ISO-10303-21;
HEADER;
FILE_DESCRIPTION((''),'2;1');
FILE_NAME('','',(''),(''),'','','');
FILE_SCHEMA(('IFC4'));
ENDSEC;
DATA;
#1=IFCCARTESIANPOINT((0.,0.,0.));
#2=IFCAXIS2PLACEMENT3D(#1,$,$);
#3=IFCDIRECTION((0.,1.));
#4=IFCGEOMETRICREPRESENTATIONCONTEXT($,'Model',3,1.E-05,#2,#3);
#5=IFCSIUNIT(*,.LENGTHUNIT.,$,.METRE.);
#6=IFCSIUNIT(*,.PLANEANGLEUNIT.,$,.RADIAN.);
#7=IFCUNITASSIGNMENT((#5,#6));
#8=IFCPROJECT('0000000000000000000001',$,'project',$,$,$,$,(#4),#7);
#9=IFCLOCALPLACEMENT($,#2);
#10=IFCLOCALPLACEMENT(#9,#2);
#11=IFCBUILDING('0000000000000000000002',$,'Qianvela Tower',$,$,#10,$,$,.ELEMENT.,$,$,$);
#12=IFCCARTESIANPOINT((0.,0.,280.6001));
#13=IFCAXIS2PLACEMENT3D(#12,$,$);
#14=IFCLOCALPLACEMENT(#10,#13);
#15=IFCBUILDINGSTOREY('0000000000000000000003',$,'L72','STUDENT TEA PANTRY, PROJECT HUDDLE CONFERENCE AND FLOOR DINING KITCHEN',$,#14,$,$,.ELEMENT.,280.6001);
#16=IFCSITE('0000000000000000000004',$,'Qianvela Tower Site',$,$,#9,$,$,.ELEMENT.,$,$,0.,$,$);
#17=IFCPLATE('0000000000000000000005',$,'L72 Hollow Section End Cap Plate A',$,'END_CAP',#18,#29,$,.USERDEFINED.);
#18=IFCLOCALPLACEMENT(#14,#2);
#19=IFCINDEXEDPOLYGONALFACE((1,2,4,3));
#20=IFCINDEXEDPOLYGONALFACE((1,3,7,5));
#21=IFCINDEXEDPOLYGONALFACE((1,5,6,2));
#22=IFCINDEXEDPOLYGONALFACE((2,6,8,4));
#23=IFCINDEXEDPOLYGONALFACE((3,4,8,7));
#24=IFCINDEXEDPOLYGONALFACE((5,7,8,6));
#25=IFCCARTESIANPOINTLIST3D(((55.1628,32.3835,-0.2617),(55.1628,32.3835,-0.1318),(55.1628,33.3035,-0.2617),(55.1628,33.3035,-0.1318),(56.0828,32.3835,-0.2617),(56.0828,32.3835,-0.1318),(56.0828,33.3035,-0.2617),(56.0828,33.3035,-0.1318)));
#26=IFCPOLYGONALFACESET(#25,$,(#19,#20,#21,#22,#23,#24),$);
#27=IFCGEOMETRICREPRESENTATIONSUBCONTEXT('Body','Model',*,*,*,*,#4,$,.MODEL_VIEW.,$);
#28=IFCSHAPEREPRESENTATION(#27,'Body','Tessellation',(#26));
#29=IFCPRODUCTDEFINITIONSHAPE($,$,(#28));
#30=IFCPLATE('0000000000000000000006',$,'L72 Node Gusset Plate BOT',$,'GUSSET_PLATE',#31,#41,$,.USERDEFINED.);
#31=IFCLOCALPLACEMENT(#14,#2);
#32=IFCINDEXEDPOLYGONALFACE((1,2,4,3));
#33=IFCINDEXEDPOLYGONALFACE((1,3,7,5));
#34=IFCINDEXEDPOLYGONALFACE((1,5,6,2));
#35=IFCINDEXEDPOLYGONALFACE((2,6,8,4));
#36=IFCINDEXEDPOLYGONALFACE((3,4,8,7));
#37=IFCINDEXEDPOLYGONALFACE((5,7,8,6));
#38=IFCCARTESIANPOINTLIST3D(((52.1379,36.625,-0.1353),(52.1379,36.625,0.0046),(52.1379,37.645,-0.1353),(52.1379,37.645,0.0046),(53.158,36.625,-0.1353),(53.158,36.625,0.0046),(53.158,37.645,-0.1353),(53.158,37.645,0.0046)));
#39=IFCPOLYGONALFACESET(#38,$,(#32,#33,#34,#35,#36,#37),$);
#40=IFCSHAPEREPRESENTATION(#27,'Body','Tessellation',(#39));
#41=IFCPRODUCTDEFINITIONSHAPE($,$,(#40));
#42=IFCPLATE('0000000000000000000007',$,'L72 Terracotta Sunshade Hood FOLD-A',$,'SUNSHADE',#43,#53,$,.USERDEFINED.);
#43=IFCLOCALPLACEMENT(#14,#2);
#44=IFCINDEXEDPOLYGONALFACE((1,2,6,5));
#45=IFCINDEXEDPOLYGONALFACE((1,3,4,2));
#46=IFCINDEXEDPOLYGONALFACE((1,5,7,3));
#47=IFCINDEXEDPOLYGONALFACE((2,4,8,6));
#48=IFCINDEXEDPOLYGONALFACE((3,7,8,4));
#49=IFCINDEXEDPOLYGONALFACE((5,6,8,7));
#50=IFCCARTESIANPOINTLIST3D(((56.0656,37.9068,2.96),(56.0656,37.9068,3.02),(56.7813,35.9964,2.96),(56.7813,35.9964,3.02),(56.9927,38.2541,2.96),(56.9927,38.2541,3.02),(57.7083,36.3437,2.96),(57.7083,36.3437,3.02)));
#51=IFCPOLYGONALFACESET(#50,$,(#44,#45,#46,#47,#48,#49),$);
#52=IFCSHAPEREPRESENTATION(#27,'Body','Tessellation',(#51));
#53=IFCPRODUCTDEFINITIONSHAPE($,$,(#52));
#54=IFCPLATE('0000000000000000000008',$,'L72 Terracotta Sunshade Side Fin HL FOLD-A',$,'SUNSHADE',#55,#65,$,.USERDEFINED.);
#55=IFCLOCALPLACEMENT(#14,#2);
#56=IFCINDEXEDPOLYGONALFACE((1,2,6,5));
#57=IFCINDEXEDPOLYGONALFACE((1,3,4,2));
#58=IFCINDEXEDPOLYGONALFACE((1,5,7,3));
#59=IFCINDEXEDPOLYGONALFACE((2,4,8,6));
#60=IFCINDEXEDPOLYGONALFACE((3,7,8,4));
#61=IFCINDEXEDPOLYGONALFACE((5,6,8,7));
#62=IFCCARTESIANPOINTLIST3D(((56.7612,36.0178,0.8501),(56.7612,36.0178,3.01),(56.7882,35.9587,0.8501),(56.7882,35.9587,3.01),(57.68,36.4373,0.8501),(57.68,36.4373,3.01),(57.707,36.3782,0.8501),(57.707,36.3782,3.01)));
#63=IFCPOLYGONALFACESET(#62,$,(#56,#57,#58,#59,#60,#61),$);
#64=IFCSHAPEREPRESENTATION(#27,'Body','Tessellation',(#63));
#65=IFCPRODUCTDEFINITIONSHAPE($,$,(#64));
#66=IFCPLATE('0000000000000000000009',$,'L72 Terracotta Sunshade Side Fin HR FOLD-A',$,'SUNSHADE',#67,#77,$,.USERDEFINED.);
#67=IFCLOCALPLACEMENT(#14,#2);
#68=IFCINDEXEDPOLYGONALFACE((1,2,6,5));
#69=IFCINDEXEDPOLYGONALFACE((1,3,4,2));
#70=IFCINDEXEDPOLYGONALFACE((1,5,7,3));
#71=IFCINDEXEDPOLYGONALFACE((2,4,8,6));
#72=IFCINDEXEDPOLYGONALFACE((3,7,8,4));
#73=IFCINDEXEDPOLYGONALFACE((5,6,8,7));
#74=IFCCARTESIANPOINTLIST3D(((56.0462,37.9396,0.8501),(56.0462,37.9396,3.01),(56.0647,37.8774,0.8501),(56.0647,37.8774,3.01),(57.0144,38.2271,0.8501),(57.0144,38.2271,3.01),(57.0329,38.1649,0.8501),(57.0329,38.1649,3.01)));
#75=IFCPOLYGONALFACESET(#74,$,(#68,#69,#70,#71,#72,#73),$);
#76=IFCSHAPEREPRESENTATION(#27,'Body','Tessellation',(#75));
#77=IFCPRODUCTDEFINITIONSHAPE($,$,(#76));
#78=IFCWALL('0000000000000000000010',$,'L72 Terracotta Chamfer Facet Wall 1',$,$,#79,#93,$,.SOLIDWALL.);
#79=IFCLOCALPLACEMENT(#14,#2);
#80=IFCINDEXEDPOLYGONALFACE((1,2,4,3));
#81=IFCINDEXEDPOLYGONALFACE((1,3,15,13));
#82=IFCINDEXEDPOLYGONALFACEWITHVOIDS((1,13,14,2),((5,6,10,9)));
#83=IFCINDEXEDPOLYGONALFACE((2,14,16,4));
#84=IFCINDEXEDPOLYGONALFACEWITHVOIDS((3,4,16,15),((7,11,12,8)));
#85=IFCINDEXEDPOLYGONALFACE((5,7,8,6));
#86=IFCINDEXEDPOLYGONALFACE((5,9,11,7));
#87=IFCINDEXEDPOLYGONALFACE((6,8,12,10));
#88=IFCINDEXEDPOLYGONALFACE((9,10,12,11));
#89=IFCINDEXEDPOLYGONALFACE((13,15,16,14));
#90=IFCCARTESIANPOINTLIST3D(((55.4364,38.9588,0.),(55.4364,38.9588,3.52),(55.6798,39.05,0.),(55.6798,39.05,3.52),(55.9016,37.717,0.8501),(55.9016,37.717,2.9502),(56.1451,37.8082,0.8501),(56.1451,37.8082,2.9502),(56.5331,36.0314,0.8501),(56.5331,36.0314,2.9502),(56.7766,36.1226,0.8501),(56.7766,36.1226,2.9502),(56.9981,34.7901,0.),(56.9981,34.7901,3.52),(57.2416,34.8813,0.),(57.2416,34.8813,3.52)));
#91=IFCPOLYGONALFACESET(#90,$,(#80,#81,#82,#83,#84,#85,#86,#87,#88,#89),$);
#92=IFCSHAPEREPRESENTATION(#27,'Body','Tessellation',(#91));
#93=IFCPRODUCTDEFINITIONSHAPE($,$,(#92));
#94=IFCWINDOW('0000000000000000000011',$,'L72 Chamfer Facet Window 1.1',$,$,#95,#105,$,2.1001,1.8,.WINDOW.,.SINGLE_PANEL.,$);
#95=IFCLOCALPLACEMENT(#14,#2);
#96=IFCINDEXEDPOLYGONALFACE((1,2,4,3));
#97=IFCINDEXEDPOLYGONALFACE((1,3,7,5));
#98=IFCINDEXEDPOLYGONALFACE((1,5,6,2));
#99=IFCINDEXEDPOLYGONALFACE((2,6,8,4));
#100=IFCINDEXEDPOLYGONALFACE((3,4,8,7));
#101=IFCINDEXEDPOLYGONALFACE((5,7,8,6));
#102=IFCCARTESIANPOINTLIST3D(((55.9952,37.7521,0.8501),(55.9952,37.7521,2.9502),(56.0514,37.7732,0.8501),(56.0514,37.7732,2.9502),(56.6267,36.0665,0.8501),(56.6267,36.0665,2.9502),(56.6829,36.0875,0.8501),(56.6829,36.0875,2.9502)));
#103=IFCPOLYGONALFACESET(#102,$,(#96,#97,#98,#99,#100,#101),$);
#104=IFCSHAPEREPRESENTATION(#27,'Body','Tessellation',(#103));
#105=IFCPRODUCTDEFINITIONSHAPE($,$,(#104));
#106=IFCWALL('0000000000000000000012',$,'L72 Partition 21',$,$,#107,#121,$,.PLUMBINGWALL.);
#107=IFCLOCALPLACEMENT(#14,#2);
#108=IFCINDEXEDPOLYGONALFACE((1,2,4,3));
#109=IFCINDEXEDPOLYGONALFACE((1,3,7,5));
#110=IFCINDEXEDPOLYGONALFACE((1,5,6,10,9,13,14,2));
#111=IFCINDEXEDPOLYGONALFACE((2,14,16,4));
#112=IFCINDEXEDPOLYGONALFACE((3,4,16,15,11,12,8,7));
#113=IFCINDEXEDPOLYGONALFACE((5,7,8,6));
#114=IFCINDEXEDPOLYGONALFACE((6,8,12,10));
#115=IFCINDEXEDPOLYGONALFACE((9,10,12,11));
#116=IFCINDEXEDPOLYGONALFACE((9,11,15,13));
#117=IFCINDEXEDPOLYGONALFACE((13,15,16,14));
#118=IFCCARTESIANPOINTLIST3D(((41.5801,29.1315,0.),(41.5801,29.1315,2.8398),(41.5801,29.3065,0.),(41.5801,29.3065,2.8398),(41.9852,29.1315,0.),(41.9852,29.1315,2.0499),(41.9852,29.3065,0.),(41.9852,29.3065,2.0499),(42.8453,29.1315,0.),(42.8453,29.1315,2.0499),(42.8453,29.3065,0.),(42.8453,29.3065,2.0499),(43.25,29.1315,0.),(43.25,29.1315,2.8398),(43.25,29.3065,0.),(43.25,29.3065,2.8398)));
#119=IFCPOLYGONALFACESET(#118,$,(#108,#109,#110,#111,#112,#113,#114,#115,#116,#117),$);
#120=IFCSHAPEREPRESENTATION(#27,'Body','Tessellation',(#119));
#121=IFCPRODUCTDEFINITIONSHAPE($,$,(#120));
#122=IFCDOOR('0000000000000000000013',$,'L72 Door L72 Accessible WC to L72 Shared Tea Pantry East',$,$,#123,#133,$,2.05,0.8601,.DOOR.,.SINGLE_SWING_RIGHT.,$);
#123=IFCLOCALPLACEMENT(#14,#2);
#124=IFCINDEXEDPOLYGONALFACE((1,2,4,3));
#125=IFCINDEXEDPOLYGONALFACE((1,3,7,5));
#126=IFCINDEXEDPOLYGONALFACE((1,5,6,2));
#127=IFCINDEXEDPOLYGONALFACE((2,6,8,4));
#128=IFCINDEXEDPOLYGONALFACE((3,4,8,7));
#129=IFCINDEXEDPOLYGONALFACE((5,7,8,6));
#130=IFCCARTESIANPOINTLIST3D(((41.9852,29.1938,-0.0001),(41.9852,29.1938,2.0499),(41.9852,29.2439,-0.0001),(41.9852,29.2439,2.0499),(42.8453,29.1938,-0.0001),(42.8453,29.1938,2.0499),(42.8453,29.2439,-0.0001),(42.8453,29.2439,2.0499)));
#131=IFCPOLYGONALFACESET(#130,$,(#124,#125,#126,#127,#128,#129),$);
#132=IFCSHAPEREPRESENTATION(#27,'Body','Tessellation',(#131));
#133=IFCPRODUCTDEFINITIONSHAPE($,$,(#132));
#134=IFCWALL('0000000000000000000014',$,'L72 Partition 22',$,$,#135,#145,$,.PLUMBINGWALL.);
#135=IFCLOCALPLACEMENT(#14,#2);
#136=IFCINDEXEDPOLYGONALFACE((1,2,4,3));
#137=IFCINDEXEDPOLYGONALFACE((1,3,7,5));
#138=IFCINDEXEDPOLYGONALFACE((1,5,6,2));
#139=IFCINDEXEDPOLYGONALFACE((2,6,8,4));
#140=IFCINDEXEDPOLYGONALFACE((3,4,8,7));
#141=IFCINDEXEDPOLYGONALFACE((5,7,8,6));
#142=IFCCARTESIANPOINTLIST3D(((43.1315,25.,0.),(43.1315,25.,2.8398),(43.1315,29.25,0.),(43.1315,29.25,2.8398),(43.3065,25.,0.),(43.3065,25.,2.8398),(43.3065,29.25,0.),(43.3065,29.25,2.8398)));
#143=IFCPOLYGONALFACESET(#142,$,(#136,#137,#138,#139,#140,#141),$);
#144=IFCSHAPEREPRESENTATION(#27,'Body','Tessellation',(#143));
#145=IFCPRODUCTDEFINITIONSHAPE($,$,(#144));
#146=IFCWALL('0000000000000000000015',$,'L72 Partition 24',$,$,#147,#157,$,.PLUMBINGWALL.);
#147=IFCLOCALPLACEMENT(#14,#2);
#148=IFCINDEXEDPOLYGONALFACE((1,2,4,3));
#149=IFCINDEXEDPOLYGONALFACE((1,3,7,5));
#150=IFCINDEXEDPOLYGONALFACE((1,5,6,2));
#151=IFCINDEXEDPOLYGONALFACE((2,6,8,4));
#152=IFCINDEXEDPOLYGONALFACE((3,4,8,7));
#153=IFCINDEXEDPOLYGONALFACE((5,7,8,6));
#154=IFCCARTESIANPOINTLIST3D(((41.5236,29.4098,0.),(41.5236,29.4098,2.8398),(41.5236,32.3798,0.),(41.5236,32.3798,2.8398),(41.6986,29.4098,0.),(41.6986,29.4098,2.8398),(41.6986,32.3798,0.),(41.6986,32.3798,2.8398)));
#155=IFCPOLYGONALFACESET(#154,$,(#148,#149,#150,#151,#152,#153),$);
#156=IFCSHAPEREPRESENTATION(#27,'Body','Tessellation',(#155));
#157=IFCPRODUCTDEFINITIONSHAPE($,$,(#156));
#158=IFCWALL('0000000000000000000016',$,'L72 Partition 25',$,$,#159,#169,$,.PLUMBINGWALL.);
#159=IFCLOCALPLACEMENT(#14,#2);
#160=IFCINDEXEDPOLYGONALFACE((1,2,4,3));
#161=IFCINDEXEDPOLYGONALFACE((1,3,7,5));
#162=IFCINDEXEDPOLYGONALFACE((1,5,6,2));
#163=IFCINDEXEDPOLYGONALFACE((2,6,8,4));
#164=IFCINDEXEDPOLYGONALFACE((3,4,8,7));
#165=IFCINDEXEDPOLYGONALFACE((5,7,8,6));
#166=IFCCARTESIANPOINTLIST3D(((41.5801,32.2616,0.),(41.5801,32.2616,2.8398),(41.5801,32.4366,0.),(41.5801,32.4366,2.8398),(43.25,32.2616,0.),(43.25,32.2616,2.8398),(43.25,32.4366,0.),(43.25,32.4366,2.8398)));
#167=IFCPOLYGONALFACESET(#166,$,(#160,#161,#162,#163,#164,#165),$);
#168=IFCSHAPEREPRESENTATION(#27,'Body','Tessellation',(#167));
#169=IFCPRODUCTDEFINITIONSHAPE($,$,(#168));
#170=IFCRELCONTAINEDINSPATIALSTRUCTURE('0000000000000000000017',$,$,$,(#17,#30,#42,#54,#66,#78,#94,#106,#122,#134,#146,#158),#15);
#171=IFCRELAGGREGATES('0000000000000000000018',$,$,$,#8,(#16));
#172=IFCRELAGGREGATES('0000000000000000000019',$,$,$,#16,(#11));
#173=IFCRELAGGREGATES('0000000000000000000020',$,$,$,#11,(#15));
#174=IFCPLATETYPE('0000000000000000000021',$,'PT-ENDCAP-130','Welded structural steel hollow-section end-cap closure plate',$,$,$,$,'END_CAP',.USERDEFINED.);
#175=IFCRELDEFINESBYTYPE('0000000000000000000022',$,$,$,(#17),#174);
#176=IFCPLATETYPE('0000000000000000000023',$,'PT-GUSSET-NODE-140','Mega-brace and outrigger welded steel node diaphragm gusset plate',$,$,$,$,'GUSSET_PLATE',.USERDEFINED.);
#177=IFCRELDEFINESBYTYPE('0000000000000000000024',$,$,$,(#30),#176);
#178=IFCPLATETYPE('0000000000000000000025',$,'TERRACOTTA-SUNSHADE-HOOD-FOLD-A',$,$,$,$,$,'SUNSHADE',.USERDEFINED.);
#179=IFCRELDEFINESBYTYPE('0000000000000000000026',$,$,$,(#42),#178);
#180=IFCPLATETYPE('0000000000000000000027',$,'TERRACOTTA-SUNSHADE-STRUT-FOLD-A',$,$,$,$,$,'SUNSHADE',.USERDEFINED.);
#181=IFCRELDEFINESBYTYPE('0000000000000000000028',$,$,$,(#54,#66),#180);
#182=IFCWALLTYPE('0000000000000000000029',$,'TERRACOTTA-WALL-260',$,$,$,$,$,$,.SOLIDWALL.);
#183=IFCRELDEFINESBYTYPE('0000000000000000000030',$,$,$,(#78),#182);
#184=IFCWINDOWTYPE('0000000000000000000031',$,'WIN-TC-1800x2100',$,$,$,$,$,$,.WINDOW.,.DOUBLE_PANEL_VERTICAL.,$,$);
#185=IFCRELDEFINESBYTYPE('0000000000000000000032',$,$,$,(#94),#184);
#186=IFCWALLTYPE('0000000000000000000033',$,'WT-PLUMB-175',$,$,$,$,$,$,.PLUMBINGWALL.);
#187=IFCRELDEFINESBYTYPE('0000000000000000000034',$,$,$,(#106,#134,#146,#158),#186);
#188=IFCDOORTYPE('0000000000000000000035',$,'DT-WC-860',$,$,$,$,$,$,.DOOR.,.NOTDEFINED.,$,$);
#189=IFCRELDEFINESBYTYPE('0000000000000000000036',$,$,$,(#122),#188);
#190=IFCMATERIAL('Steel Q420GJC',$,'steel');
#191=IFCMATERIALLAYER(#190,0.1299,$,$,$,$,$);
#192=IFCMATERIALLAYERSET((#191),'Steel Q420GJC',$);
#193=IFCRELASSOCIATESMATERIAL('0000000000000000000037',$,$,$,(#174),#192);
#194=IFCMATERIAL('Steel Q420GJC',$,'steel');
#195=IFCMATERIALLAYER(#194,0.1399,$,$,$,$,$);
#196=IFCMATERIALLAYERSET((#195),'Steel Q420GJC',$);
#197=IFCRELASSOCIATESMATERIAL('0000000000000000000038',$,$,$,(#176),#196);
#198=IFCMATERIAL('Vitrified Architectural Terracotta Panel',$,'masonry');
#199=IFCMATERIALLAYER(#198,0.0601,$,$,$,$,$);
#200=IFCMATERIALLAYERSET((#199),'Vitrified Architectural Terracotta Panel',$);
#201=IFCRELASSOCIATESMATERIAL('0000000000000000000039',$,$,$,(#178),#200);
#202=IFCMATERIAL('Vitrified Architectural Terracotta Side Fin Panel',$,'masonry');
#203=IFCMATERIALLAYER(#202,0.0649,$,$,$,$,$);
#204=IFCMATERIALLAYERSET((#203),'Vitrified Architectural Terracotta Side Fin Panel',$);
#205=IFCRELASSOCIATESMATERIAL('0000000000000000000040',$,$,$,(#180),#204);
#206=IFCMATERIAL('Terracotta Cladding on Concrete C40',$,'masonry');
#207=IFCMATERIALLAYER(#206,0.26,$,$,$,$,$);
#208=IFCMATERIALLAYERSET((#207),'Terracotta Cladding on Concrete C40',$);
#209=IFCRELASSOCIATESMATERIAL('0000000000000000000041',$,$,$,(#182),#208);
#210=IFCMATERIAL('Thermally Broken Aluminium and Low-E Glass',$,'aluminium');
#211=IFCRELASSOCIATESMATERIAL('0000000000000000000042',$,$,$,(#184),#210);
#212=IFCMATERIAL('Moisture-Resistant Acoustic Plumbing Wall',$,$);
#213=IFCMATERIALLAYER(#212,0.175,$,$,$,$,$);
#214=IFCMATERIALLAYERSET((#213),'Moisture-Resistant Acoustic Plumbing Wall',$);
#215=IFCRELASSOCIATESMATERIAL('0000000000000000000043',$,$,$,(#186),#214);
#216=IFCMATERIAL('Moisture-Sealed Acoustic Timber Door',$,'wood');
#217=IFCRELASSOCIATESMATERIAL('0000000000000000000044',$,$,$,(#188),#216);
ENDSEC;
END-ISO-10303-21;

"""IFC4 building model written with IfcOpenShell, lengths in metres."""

from ifc_helpers import new_model, si_unit, direction, frame, frame_2d, origin, origin_2d, place, context, subcontext, project, spatial, rectangle, extrude, material, layer, layer_set, type_object, element, fill, save


model = new_model("IFC4")

# Units and contexts
model_context = context("Model", 3, precision=1e-05, world=origin(), true_north=direction((0.0, 1.0)))
body_context = subcontext(model_context, "Body", "Model", "MODEL_VIEW")
ifc_project = project(units=[si_unit("LENGTHUNIT", "METRE"), si_unit("PLANEANGLEUNIT", "RADIAN")], contexts=[model_context])

# Site, building, storey
site_placement = place(None, origin())
site = spatial("IfcSite", under=ifc_project, at=site_placement, Name="Qianvela Tower Site", CompositionType="ELEMENT", RefElevation=0.0)
building_placement = place(site_placement, origin())
building = spatial("IfcBuilding", under=site, at=building_placement, Name="Qianvela Tower", CompositionType="ELEMENT")
storey_placement = place(building_placement, frame((0.0, 0.0, 280.6001)))
storey = spatial("IfcBuildingStorey", under=building, at=storey_placement, Name="L72", Description="STUDENT TEA PANTRY, PROJECT HUDDLE CONFERENCE AND FLOOR DINING KITCHEN", CompositionType="ELEMENT", Elevation=280.6001)

# Plates
ifc_material_1 = material(Name="Steel Q420GJC", Category="steel")
ifc_layer_1 = layer(ifc_material_1, 0.1299)
ifc_layer_set_1 = layer_set([ifc_layer_1], Name="Steel Q420GJC")
plate_type_1 = type_object("IfcPlateType", Name="PT-ENDCAP-130", Description="Welded structural steel hollow-section end-cap closure plate", ElementType="END_CAP", PredefinedType="USERDEFINED", material=ifc_layer_set_1)
plate_1_placement = place(storey_placement, frame((55.6228, 32.8435, -0.2617), z_axis=(0.0, 0.0, 1.0), x_axis=(1.0, 0.0, 0.0)))
element("IfcPlate", 1, at=plate_1_placement, inside=storey, type_object=plate_type_1, Name="L72 Hollow Section End Cap Plate A", ObjectType="END_CAP", PredefinedType="USERDEFINED", context=body_context, shape_type="SweptSolid", body=[
    extrude(rectangle(XDim=0.9199, YDim=0.9199, at=origin_2d()), origin(), (0.0, 0.0, 1.0), 0.1299),
])
ifc_material_2 = material(Name="Steel Q420GJC", Category="steel")
ifc_layer_2 = layer(ifc_material_2, 0.1399)
ifc_layer_set_2 = layer_set([ifc_layer_2], Name="Steel Q420GJC")
plate_type_2 = type_object("IfcPlateType", Name="PT-GUSSET-NODE-140", Description="Mega-brace and outrigger welded steel node diaphragm gusset plate", ElementType="GUSSET_PLATE", PredefinedType="USERDEFINED", material=ifc_layer_set_2)
plate_2_placement = place(storey_placement, frame((52.6479, 37.135, -0.1353), z_axis=(0.0, 0.0, 1.0), x_axis=(1.0, 0.0, 0.0)))
element("IfcPlate", 2, at=plate_2_placement, inside=storey, type_object=plate_type_2, Name="L72 Node Gusset Plate BOT", ObjectType="GUSSET_PLATE", PredefinedType="USERDEFINED", context=body_context, shape_type="SweptSolid", body=[
    extrude(rectangle(XDim=1.02, YDim=1.02, at=origin_2d()), origin(), (0.0, 0.0, 1.0), 0.1399),
])
ifc_material_3 = material(Name="Vitrified Architectural Terracotta Panel", Category="masonry")
ifc_layer_3 = layer(ifc_material_3, 0.0601)
ifc_layer_set_3 = layer_set([ifc_layer_3], Name="Vitrified Architectural Terracotta Panel")
plate_type_3 = type_object("IfcPlateType", Name="TERRACOTTA-SUNSHADE-HOOD-FOLD-A", ElementType="SUNSHADE", PredefinedType="USERDEFINED", material=ifc_layer_set_3)
plate_3_placement = place(storey_placement, frame((56.887, 37.1252, 2.96), z_axis=(0.0, 0.0, 1.0), x_axis=(-0.350815, 0.936445, 0.0)))
element("IfcPlate", 3, at=plate_3_placement, inside=storey, type_object=plate_type_3, Name="L72 Terracotta Sunshade Hood FOLD-A", ObjectType="SUNSHADE", PredefinedType="USERDEFINED", context=body_context, shape_type="SweptSolid", body=[
    extrude(rectangle(XDim=2.04, YDim=0.99, at=origin_2d()), origin(), (0.0, 0.0, 1.0), 0.0601),
])
ifc_material_4 = material(Name="Vitrified Architectural Terracotta Side Fin Panel", Category="masonry")
ifc_layer_4 = layer(ifc_material_4, 0.0649)
ifc_layer_set_4 = layer_set([ifc_layer_4], Name="Vitrified Architectural Terracotta Side Fin Panel")
plate_type_4 = type_object("IfcPlateType", Name="TERRACOTTA-SUNSHADE-STRUT-FOLD-A", ElementType="SUNSHADE", PredefinedType="USERDEFINED", material=ifc_layer_set_4)
for number, where, z_axis, x_axis, name in (
    (4, (57.2341, 36.198, 0.8501), (0.0, 0.0, 1.0), (-0.415284, 0.909692, 0.0), "L72 Terracotta Sunshade Side Fin HL FOLD-A"),
    (5, (56.5396, 38.0522, 0.8501), (0.0, 0.0, 1.0), (-0.284638, 0.958635, 0.0), "L72 Terracotta Sunshade Side Fin HR FOLD-A"),
):
    element("IfcPlate", number, at=place(storey_placement, frame(where, z_axis=z_axis, x_axis=x_axis)), inside=storey, type_object=plate_type_4, Name=name, ObjectType="SUNSHADE", PredefinedType="USERDEFINED", context=body_context, shape_type="SweptSolid", body=[
        extrude(rectangle(XDim=0.0649, YDim=1.01, at=origin_2d()), origin(), (0.0, 0.0, 1.0), 2.1599),
    ])

# Wall, opening, window
ifc_material_5 = material(Name="Terracotta Cladding on Concrete C40", Category="masonry")
ifc_layer_5 = layer(ifc_material_5, 0.26)
ifc_layer_set_5 = layer_set([ifc_layer_5], Name="Terracotta Cladding on Concrete C40")
wall_type_1 = type_object("IfcWallType", Name="TERRACOTTA-WALL-260", PredefinedType="SOLIDWALL", material=ifc_layer_set_5)
wall_1_placement = place(storey_placement, frame((57.1199, 34.8357, 0.0), z_axis=(0.0, 0.0, 1.0), x_axis=(-0.350829, 0.93644, 0.0)))
wall_1 = element("IfcWall", 6, at=wall_1_placement, inside=storey, type_object=wall_type_1, Name="L72 Terracotta Chamfer Facet Wall 1", PredefinedType="SOLIDWALL", context=body_context, shape_type="SweptSolid", body=[
    extrude(rectangle(XDim=4.4517, YDim=0.26, at=frame_2d((2.2258, 0.0))), origin(), (0.0, 0.0, 1.0), 3.52),
])
opening_1_placement = place(wall_1_placement, frame((1.3257, 0.0, 0.8501)))
opening_1 = element("IfcOpeningElement", 7, at=opening_1_placement, cuts=wall_1, PredefinedType="OPENING", context=body_context, shape_type="SweptSolid", body=[
    extrude(rectangle(XDim=1.8, YDim=2.1001, at=frame_2d((0.8999, 1.05))), frame((0.0, 0.1399, 0.0), z_axis=(0.0, -1.0, 0.0), x_axis=(1.0, 0.0, 0.0)), (0.0, 0.0, 1.0), 0.28),
])
ifc_material_6 = material(Name="Thermally Broken Aluminium and Low-E Glass", Category="aluminium")
window_type = type_object("IfcWindowType", Name="WIN-TC-1800x2100", PartitioningType="DOUBLE_PANEL_VERTICAL", PredefinedType="WINDOW", material=ifc_material_6)
window_placement = place(opening_1_placement, origin())
window = element("IfcWindow", 8, at=window_placement, inside=storey, type_object=window_type, Name="L72 Chamfer Facet Window 1.1", OverallHeight=2.1001, OverallWidth=1.8, PartitioningType="SINGLE_PANEL", PredefinedType="WINDOW", context=body_context, shape_type="SweptSolid", body=[
    extrude(rectangle(XDim=1.8, YDim=2.1001, at=frame_2d((0.8999, 1.05))), frame((0.0, 0.03, 0.0), z_axis=(0.0, -1.0, 0.0), x_axis=(1.0, 0.0, 0.0)), (0.0, 0.0, 1.0), 0.0601),
])
fill(opening_1, window)

# Wall, opening, door
ifc_material_7 = material(Name="Moisture-Resistant Acoustic Plumbing Wall")
ifc_layer_6 = layer(ifc_material_7, 0.175)
ifc_layer_set_6 = layer_set([ifc_layer_6], Name="Moisture-Resistant Acoustic Plumbing Wall")
wall_type_2 = type_object("IfcWallType", Name="WT-PLUMB-175", PredefinedType="PLUMBINGWALL", material=ifc_layer_set_6)
wall_2_placement = place(storey_placement, frame((41.5801, 29.219, 0.0), z_axis=(0.0, 0.0, 1.0), x_axis=(1.0, 0.0, 0.0)))
wall_2 = element("IfcWall", 9, at=wall_2_placement, inside=storey, type_object=wall_type_2, Name="L72 Partition 21", PredefinedType="PLUMBINGWALL", context=body_context, shape_type="SweptSolid", body=[
    extrude(rectangle(XDim=1.6699, YDim=0.175, at=frame_2d((0.835, 0.0))), origin(), (0.0, 0.0, 1.0), 2.8398),
])
opening_2_placement = place(wall_2_placement, frame((0.405, 0.0, 0.0)))
opening_2 = element("IfcOpeningElement", 10, at=opening_2_placement, cuts=wall_2, PredefinedType="OPENING", context=body_context, shape_type="SweptSolid", body=[
    extrude(rectangle(XDim=0.8601, YDim=2.05, at=frame_2d((0.4302, 1.0249))), frame((0.0, 0.0974, 0.0), z_axis=(0.0, -1.0, 0.0), x_axis=(1.0, 0.0, 0.0)), (0.0, 0.0, 1.0), 0.1951),
])
ifc_material_8 = material(Name="Moisture-Sealed Acoustic Timber Door", Category="wood")
door_type_1 = type_object("IfcDoorType", Name="DT-WC-860", OperationType="NOTDEFINED", PredefinedType="DOOR", material=ifc_material_8)
door_1_placement = place(opening_2_placement, origin())
door_1 = element("IfcDoor", 11, at=door_1_placement, inside=storey, type_object=door_type_1, Name="L72 Door L72 Accessible WC to L72 Shared Tea Pantry East", OperationType="SINGLE_SWING_RIGHT", OverallHeight=2.05, OverallWidth=0.8601, PredefinedType="DOOR", context=body_context, shape_type="SweptSolid", body=[
    extrude(rectangle(XDim=0.8601, YDim=2.05, at=frame_2d((0.4302, 1.0249))), frame((0.0, 0.0249, 0.0), z_axis=(0.0, -1.0, 0.0), x_axis=(1.0, 0.0, 0.0)), (0.0, 0.0, 1.0), 0.05),
])
fill(opening_2, door_1)

# Walls
wall_3_placement = place(storey_placement, frame((43.219, 29.25, 0.0), z_axis=(0.0, 0.0, 1.0), x_axis=(0.0, -1.0, 0.0)))
element("IfcWall", 12, at=wall_3_placement, inside=storey, type_object=wall_type_2, Name="L72 Partition 22", PredefinedType="PLUMBINGWALL", context=body_context, shape_type="SweptSolid", body=[
    extrude(rectangle(XDim=4.25, YDim=0.175, at=frame_2d((2.125, 0.0))), origin(), (0.0, 0.0, 1.0), 2.8398),
])
wall_4_placement = place(storey_placement, frame((41.6111, 29.4099, 0.0), z_axis=(0.0, 0.0, 1.0), x_axis=(0.0, 1.0, 0.0)))
element("IfcWall", 13, at=wall_4_placement, inside=storey, type_object=wall_type_2, Name="L72 Partition 24", PredefinedType="PLUMBINGWALL", context=body_context, shape_type="SweptSolid", body=[
    extrude(rectangle(XDim=2.97, YDim=0.175, at=frame_2d((1.4849, 0.0))), origin(), (0.0, 0.0, 1.0), 2.8398),
])
wall_5_placement = place(storey_placement, frame((41.5801, 32.3491, 0.0), z_axis=(0.0, 0.0, 1.0), x_axis=(1.0, 0.0, 0.0)))
element("IfcWall", 14, at=wall_5_placement, inside=storey, type_object=wall_type_2, Name="L72 Partition 25", PredefinedType="PLUMBINGWALL", context=body_context, shape_type="SweptSolid", body=[
    extrude(rectangle(XDim=1.6699, YDim=0.175, at=frame_2d((0.835, 0.0))), origin(), (0.0, 0.0, 1.0), 2.8398),
])

save(model, "model.ifc")
